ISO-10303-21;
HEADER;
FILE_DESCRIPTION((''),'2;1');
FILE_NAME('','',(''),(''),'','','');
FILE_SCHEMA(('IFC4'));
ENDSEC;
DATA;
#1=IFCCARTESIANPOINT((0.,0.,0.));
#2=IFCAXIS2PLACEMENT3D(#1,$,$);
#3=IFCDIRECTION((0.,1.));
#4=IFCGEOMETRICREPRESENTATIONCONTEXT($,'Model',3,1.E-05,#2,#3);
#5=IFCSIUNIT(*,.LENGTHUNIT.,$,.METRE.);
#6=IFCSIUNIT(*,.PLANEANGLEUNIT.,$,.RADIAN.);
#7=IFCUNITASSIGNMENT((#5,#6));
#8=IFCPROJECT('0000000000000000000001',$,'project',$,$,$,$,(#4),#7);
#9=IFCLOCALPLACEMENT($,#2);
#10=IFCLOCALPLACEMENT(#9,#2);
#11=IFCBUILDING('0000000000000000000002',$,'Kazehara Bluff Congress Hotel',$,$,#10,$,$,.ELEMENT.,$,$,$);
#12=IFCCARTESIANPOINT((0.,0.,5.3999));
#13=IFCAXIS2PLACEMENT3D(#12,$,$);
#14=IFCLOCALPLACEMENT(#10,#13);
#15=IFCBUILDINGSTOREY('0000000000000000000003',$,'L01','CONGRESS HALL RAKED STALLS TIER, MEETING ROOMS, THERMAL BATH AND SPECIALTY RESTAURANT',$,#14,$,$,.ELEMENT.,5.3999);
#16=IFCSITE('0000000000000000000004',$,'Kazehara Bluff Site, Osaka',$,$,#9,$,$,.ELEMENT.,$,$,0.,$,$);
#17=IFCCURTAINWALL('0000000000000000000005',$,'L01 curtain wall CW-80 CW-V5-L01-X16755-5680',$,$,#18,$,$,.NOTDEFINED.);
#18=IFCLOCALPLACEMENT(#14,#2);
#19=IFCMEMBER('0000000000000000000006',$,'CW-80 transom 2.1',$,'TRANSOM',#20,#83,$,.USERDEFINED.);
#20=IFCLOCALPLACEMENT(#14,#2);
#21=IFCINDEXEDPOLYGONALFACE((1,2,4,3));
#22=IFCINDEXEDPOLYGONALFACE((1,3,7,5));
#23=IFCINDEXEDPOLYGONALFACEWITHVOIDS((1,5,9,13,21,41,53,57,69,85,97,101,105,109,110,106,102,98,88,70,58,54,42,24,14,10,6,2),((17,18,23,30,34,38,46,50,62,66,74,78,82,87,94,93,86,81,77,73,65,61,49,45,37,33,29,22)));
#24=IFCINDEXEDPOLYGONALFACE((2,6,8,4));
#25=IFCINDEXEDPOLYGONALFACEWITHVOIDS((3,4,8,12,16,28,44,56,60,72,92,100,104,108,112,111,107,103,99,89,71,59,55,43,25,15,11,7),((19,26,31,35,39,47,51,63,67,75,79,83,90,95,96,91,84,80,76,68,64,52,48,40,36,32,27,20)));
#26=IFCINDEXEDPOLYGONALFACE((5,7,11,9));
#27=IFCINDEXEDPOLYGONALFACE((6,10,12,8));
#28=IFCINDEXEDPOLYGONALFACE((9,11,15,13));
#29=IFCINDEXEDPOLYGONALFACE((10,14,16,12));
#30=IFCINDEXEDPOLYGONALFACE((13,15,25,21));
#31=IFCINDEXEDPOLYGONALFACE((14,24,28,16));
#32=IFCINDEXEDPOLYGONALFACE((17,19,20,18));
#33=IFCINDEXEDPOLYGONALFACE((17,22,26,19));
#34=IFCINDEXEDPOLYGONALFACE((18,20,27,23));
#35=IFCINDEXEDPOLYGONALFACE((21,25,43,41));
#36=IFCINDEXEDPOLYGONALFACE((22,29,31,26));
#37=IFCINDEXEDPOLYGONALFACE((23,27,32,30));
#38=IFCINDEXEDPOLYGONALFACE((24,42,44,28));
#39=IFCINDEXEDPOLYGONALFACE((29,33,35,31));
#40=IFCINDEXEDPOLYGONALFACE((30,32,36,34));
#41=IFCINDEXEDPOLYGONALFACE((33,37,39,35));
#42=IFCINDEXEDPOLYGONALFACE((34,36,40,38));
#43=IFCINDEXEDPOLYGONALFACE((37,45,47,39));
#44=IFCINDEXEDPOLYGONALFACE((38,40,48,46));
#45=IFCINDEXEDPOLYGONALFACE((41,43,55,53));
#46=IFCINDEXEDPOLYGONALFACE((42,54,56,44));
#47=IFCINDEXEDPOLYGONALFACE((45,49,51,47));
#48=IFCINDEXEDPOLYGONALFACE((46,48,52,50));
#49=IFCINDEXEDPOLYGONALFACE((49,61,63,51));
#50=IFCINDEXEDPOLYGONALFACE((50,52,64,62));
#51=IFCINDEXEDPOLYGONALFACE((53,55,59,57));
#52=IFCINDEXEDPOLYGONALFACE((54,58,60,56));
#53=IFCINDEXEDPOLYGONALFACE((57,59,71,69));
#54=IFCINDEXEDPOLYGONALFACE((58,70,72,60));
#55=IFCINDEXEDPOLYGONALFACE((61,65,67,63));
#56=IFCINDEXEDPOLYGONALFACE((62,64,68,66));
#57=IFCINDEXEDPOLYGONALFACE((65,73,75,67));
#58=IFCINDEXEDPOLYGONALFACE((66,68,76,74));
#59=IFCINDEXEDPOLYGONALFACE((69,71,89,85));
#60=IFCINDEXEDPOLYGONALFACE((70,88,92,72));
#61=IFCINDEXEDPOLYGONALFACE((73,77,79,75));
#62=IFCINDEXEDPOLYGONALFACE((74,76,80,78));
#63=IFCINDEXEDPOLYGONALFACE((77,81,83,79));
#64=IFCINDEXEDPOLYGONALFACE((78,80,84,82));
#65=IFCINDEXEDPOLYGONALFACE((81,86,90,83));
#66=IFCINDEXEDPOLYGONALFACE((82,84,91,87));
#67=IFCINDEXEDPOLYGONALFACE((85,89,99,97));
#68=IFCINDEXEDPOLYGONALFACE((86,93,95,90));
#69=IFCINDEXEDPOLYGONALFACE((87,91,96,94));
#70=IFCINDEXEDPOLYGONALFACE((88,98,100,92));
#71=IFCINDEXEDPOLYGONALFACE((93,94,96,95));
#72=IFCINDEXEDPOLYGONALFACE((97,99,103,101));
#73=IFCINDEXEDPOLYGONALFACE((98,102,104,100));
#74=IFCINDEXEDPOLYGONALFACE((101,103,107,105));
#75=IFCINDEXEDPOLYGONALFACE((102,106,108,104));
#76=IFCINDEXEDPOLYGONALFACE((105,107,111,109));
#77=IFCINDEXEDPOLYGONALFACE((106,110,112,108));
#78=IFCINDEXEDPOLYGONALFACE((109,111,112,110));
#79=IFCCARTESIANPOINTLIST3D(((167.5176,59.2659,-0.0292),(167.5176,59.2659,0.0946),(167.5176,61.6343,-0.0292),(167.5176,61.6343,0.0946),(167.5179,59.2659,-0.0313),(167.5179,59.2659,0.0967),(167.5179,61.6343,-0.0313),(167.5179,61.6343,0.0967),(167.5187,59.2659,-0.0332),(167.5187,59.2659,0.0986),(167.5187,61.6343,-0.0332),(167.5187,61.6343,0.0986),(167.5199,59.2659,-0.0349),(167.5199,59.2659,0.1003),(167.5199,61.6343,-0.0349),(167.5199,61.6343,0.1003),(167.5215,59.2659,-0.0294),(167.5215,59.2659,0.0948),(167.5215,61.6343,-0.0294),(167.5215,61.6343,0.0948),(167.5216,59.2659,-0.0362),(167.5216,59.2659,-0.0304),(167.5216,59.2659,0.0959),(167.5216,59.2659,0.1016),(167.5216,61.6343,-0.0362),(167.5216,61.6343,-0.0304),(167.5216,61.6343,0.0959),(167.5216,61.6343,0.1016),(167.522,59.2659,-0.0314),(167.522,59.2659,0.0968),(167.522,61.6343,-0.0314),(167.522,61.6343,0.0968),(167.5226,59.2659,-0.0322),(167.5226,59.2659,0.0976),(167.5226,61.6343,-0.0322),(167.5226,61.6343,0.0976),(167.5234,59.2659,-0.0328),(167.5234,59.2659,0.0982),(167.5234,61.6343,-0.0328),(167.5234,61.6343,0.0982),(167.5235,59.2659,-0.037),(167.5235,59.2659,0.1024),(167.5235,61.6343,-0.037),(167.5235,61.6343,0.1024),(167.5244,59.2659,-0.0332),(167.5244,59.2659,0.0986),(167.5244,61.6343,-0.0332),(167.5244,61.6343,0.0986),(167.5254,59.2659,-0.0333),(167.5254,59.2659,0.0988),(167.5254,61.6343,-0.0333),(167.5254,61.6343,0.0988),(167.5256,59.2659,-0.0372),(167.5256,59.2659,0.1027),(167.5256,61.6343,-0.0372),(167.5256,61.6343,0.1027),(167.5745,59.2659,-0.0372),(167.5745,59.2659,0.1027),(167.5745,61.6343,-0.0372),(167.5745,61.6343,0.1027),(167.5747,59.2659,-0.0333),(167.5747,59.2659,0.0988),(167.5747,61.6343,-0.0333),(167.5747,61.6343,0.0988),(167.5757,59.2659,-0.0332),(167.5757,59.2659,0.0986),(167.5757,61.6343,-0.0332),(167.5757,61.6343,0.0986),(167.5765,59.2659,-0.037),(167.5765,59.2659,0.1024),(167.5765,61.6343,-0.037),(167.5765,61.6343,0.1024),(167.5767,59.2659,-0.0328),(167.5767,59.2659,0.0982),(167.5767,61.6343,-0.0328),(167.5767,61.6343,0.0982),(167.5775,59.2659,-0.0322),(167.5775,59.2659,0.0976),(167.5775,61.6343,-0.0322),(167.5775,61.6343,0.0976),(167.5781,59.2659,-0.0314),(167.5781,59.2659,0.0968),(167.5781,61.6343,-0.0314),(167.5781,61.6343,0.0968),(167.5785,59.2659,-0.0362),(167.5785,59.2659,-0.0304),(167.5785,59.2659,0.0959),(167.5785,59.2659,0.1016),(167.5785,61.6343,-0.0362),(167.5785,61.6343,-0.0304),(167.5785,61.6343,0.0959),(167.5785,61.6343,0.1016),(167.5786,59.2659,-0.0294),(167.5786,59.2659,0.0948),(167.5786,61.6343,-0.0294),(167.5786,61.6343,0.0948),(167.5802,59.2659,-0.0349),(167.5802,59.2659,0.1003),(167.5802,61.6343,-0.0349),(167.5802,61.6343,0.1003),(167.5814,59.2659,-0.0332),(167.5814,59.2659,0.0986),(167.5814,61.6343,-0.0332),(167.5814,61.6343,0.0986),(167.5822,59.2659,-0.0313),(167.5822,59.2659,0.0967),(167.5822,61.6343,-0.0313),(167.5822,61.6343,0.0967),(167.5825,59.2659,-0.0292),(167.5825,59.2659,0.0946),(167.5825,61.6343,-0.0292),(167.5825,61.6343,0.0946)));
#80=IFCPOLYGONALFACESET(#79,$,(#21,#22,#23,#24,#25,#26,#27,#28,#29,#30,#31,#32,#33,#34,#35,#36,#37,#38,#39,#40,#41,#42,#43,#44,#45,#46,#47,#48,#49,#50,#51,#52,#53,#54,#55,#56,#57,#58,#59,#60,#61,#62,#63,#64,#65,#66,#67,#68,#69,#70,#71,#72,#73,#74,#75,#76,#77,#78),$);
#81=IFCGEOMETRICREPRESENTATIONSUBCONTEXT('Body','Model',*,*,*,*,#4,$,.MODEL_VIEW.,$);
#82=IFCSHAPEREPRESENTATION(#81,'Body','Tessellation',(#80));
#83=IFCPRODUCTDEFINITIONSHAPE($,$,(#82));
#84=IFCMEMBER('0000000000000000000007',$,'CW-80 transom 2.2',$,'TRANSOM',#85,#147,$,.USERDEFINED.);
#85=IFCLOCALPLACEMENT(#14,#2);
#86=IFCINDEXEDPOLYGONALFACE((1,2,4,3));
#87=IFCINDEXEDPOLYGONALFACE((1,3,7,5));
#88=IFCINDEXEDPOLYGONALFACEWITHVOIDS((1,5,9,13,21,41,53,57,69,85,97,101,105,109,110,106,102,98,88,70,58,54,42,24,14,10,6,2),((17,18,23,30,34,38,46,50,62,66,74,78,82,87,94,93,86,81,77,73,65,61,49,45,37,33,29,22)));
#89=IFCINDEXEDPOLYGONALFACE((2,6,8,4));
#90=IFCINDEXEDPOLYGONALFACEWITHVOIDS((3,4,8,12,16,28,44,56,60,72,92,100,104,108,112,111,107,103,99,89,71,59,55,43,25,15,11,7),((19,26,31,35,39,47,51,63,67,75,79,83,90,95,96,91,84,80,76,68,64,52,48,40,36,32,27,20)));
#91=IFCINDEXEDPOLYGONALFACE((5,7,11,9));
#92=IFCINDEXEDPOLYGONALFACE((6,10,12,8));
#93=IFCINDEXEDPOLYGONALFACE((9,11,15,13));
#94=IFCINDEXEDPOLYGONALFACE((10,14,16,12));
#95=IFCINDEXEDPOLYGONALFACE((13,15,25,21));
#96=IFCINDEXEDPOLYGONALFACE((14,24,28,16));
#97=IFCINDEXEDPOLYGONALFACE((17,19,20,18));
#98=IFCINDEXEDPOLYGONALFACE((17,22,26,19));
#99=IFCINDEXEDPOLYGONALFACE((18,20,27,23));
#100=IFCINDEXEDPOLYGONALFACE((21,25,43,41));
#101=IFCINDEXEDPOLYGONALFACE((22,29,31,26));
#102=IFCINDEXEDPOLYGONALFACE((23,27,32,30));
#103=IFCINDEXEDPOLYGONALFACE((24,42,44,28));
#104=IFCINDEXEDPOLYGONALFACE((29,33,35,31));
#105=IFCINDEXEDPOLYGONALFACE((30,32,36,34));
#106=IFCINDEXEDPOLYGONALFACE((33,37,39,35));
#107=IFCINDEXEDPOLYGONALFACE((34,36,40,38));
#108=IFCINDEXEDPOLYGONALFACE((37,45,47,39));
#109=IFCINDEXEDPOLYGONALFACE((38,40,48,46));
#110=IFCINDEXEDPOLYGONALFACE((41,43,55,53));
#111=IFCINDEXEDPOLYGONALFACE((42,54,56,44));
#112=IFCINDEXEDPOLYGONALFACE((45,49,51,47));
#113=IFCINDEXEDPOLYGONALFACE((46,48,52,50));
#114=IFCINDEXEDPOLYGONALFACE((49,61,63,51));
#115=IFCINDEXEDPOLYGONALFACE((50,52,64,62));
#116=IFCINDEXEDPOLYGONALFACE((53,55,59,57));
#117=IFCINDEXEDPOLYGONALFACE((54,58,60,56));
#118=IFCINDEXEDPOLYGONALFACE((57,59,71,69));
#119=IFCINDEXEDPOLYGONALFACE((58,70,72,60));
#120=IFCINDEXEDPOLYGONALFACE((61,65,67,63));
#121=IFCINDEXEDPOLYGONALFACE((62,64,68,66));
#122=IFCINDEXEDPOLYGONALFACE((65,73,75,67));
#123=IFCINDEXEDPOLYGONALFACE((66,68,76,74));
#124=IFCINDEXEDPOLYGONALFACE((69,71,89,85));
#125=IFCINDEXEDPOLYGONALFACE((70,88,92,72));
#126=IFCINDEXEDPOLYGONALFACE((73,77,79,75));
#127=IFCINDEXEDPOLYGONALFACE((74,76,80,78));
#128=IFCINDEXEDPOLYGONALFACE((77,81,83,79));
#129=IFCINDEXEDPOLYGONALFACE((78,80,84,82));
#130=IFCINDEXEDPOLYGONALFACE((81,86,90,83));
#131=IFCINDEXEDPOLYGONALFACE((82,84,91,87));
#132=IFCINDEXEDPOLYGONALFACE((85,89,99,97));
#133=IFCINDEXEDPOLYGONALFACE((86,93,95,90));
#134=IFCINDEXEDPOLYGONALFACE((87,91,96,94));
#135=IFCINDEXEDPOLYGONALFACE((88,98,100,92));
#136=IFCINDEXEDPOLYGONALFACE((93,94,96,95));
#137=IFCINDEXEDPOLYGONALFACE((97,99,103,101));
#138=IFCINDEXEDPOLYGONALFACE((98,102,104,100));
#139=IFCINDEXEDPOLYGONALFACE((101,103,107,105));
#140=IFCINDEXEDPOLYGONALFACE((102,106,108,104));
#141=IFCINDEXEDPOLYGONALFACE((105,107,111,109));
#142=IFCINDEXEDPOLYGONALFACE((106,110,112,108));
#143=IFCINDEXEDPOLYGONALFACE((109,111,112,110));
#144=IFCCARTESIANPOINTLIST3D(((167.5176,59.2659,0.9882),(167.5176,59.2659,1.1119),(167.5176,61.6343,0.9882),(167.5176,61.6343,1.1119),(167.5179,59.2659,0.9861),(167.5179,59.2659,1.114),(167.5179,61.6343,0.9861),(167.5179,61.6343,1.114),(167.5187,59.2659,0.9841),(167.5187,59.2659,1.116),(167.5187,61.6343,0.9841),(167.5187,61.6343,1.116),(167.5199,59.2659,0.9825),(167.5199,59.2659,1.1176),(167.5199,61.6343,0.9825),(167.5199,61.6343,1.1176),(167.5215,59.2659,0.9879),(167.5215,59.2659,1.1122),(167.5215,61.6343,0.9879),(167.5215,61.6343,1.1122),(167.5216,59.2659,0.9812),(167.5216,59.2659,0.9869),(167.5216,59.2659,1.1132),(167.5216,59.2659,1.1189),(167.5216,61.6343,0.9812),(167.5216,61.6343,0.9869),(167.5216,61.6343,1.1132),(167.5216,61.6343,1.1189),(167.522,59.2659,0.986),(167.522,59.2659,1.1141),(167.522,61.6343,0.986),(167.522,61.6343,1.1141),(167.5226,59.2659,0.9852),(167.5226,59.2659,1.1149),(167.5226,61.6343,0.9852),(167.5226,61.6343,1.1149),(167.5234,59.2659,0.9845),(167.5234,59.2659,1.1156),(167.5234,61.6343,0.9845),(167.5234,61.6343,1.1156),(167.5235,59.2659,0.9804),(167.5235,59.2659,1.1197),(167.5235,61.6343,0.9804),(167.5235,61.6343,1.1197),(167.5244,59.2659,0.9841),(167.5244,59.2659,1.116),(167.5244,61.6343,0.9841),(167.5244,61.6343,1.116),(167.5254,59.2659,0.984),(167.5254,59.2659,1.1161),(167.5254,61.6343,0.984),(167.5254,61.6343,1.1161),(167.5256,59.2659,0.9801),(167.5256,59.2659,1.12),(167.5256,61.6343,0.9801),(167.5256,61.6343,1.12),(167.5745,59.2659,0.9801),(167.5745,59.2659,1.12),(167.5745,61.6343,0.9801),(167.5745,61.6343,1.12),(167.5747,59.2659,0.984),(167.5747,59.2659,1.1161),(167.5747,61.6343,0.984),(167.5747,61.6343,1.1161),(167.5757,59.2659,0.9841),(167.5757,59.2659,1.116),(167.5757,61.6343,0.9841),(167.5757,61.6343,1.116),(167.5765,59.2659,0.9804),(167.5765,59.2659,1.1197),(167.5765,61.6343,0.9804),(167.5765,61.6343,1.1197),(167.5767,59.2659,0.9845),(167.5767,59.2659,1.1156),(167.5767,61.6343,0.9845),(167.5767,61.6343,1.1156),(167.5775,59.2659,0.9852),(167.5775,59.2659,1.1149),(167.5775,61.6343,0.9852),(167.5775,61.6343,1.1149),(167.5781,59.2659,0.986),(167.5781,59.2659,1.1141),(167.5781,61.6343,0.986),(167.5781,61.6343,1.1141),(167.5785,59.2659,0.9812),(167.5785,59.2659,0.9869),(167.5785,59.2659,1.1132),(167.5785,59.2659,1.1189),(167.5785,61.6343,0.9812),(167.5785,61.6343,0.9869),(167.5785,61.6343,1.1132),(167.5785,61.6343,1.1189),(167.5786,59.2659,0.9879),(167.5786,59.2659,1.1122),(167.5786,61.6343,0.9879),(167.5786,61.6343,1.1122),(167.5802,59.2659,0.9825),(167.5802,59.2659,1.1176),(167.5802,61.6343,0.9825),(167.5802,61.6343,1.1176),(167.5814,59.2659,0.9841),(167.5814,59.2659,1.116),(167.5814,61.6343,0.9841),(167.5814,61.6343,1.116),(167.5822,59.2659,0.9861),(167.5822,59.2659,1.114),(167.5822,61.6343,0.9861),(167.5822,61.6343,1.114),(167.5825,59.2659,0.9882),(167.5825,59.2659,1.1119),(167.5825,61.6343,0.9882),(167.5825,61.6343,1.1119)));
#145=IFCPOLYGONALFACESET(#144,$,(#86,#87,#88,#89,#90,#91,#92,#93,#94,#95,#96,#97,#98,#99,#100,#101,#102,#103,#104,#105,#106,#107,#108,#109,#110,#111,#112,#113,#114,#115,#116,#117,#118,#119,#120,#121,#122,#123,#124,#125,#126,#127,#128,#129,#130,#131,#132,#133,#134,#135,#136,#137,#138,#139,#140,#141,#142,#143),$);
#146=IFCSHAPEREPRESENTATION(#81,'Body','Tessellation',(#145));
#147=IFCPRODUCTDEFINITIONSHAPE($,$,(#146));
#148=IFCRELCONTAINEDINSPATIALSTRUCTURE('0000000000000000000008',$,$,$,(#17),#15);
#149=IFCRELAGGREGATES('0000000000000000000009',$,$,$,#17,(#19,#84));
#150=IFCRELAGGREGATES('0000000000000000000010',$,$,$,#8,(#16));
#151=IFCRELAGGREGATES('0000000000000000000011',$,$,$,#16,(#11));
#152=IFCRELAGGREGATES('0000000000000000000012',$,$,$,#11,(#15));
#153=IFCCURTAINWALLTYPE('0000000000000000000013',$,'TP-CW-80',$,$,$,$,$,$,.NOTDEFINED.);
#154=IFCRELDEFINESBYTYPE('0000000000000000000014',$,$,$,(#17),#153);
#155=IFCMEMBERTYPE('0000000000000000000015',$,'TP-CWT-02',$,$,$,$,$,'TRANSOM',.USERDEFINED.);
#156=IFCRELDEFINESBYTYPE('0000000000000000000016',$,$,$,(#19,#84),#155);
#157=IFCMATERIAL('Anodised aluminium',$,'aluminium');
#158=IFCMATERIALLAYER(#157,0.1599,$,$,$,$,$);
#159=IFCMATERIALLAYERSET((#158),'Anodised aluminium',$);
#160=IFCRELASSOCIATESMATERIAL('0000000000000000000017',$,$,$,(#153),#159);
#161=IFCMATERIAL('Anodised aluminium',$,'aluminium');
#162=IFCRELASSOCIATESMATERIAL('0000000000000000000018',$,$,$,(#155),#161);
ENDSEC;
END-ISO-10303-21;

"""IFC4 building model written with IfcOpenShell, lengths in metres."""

from ifc_helpers import new_model, si_unit, direction, frame, origin, origin_2d, place, context, subcontext, project, spatial, hollow_rectangle, extrude, material, layer, layer_set, material_profile, profile_set, type_object, element, aggregate, save


model = new_model("IFC4")

# Units and contexts
model_context = context("Model", 3, precision=1e-05, world=origin(), true_north=direction((0.0, 1.0)))
body_context = subcontext(model_context, "Body", "Model", "MODEL_VIEW")
ifc_project = project(units=[si_unit("LENGTHUNIT", "METRE"), si_unit("PLANEANGLEUNIT", "RADIAN")], contexts=[model_context])

# Site, building, storey
site_placement = place(None, origin())
site = spatial("IfcSite", under=ifc_project, at=site_placement, Name="Kazehara Bluff Site, Osaka", CompositionType="ELEMENT", RefElevation=0.0)
building_placement = place(site_placement, origin())
building = spatial("IfcBuilding", under=site, at=building_placement, Name="Kazehara Bluff Congress Hotel", CompositionType="ELEMENT")
storey_placement = place(building_placement, frame((0.0, 0.0, 5.3999)))
storey = spatial("IfcBuildingStorey", under=building, at=storey_placement, Name="L01", Description="CONGRESS HALL RAKED STALLS TIER, MEETING ROOMS, THERMAL BATH AND SPECIALTY RESTAURANT", CompositionType="ELEMENT", Elevation=5.3999)

# Shared definitions
ifc_material_1 = material(Name="Anodised aluminium", Category="aluminium")
ifc_layer_1 = layer(ifc_material_1, 0.1599)
ifc_layer_set_1 = layer_set([ifc_layer_1], Name="Anodised aluminium")
curtain_wall_type = type_object("IfcCurtainWallType", Name="TP-CW-80", PredefinedType="NOTDEFINED", material=ifc_layer_set_1)

# Curtain wall
curtain_wall_1_placement = place(storey_placement, origin())
curtain_wall_1 = element("IfcCurtainWall", 1, at=curtain_wall_1_placement, inside=storey, type_object=curtain_wall_type, Name="L01 curtain wall CW-80 CW-V5-L01-X16755-5680", PredefinedType="NOTDEFINED")

# Members
ifc_material_2 = material(Name="Anodised aluminium", Category="aluminium")
ifc_material_profile_1 = material_profile(ifc_material_2, hollow_rectangle(XDim=0.0649, YDim=0.1399, WallThickness=0.0039, InnerFilletRadius=0.0039, OuterFilletRadius=0.0081, at=origin_2d()))
ifc_profile_set_1 = profile_set([ifc_material_profile_1], Name="Anodised aluminium")
member_type_1 = type_object("IfcMemberType", Name="TP-CWT-02", ElementType="TRANSOM", PredefinedType="USERDEFINED", material=ifc_profile_set_1)
member_1_placement = place(storey_placement, frame((167.55, 59.2659, 0.0327), z_axis=(0.0, 1.0, 0.0), x_axis=(-1.0, 0.0, 0.0)))
member_1 = element("IfcMember", 2, at=member_1_placement, type_object=member_type_1, Name="CW-80 transom 2.1", ObjectType="TRANSOM", PredefinedType="USERDEFINED", context=body_context, shape_type="SweptSolid", body=[
    extrude(hollow_rectangle(XDim=0.0649, YDim=0.1399, WallThickness=0.0039, InnerFilletRadius=0.0039, OuterFilletRadius=0.0081, at=origin_2d()), origin(), (0.0, 0.0, 1.0), 2.3684),
])
member_2_placement = place(storey_placement, frame((167.55, 59.2659, 1.05), z_axis=(0.0, 1.0, 0.0), x_axis=(-1.0, 0.0, 0.0)))
member_2 = element("IfcMember", 3, at=member_2_placement, type_object=member_type_1, Name="CW-80 transom 2.2", ObjectType="TRANSOM", PredefinedType="USERDEFINED", context=body_context, shape_type="SweptSolid", body=[
    extrude(hollow_rectangle(XDim=0.0649, YDim=0.1399, WallThickness=0.0039, InnerFilletRadius=0.0039, OuterFilletRadius=0.0081, at=origin_2d()), origin(), (0.0, 0.0, 1.0), 2.3684),
])

aggregate(curtain_wall_1, [member_1, member_2])

save(model, "model.ifc")
